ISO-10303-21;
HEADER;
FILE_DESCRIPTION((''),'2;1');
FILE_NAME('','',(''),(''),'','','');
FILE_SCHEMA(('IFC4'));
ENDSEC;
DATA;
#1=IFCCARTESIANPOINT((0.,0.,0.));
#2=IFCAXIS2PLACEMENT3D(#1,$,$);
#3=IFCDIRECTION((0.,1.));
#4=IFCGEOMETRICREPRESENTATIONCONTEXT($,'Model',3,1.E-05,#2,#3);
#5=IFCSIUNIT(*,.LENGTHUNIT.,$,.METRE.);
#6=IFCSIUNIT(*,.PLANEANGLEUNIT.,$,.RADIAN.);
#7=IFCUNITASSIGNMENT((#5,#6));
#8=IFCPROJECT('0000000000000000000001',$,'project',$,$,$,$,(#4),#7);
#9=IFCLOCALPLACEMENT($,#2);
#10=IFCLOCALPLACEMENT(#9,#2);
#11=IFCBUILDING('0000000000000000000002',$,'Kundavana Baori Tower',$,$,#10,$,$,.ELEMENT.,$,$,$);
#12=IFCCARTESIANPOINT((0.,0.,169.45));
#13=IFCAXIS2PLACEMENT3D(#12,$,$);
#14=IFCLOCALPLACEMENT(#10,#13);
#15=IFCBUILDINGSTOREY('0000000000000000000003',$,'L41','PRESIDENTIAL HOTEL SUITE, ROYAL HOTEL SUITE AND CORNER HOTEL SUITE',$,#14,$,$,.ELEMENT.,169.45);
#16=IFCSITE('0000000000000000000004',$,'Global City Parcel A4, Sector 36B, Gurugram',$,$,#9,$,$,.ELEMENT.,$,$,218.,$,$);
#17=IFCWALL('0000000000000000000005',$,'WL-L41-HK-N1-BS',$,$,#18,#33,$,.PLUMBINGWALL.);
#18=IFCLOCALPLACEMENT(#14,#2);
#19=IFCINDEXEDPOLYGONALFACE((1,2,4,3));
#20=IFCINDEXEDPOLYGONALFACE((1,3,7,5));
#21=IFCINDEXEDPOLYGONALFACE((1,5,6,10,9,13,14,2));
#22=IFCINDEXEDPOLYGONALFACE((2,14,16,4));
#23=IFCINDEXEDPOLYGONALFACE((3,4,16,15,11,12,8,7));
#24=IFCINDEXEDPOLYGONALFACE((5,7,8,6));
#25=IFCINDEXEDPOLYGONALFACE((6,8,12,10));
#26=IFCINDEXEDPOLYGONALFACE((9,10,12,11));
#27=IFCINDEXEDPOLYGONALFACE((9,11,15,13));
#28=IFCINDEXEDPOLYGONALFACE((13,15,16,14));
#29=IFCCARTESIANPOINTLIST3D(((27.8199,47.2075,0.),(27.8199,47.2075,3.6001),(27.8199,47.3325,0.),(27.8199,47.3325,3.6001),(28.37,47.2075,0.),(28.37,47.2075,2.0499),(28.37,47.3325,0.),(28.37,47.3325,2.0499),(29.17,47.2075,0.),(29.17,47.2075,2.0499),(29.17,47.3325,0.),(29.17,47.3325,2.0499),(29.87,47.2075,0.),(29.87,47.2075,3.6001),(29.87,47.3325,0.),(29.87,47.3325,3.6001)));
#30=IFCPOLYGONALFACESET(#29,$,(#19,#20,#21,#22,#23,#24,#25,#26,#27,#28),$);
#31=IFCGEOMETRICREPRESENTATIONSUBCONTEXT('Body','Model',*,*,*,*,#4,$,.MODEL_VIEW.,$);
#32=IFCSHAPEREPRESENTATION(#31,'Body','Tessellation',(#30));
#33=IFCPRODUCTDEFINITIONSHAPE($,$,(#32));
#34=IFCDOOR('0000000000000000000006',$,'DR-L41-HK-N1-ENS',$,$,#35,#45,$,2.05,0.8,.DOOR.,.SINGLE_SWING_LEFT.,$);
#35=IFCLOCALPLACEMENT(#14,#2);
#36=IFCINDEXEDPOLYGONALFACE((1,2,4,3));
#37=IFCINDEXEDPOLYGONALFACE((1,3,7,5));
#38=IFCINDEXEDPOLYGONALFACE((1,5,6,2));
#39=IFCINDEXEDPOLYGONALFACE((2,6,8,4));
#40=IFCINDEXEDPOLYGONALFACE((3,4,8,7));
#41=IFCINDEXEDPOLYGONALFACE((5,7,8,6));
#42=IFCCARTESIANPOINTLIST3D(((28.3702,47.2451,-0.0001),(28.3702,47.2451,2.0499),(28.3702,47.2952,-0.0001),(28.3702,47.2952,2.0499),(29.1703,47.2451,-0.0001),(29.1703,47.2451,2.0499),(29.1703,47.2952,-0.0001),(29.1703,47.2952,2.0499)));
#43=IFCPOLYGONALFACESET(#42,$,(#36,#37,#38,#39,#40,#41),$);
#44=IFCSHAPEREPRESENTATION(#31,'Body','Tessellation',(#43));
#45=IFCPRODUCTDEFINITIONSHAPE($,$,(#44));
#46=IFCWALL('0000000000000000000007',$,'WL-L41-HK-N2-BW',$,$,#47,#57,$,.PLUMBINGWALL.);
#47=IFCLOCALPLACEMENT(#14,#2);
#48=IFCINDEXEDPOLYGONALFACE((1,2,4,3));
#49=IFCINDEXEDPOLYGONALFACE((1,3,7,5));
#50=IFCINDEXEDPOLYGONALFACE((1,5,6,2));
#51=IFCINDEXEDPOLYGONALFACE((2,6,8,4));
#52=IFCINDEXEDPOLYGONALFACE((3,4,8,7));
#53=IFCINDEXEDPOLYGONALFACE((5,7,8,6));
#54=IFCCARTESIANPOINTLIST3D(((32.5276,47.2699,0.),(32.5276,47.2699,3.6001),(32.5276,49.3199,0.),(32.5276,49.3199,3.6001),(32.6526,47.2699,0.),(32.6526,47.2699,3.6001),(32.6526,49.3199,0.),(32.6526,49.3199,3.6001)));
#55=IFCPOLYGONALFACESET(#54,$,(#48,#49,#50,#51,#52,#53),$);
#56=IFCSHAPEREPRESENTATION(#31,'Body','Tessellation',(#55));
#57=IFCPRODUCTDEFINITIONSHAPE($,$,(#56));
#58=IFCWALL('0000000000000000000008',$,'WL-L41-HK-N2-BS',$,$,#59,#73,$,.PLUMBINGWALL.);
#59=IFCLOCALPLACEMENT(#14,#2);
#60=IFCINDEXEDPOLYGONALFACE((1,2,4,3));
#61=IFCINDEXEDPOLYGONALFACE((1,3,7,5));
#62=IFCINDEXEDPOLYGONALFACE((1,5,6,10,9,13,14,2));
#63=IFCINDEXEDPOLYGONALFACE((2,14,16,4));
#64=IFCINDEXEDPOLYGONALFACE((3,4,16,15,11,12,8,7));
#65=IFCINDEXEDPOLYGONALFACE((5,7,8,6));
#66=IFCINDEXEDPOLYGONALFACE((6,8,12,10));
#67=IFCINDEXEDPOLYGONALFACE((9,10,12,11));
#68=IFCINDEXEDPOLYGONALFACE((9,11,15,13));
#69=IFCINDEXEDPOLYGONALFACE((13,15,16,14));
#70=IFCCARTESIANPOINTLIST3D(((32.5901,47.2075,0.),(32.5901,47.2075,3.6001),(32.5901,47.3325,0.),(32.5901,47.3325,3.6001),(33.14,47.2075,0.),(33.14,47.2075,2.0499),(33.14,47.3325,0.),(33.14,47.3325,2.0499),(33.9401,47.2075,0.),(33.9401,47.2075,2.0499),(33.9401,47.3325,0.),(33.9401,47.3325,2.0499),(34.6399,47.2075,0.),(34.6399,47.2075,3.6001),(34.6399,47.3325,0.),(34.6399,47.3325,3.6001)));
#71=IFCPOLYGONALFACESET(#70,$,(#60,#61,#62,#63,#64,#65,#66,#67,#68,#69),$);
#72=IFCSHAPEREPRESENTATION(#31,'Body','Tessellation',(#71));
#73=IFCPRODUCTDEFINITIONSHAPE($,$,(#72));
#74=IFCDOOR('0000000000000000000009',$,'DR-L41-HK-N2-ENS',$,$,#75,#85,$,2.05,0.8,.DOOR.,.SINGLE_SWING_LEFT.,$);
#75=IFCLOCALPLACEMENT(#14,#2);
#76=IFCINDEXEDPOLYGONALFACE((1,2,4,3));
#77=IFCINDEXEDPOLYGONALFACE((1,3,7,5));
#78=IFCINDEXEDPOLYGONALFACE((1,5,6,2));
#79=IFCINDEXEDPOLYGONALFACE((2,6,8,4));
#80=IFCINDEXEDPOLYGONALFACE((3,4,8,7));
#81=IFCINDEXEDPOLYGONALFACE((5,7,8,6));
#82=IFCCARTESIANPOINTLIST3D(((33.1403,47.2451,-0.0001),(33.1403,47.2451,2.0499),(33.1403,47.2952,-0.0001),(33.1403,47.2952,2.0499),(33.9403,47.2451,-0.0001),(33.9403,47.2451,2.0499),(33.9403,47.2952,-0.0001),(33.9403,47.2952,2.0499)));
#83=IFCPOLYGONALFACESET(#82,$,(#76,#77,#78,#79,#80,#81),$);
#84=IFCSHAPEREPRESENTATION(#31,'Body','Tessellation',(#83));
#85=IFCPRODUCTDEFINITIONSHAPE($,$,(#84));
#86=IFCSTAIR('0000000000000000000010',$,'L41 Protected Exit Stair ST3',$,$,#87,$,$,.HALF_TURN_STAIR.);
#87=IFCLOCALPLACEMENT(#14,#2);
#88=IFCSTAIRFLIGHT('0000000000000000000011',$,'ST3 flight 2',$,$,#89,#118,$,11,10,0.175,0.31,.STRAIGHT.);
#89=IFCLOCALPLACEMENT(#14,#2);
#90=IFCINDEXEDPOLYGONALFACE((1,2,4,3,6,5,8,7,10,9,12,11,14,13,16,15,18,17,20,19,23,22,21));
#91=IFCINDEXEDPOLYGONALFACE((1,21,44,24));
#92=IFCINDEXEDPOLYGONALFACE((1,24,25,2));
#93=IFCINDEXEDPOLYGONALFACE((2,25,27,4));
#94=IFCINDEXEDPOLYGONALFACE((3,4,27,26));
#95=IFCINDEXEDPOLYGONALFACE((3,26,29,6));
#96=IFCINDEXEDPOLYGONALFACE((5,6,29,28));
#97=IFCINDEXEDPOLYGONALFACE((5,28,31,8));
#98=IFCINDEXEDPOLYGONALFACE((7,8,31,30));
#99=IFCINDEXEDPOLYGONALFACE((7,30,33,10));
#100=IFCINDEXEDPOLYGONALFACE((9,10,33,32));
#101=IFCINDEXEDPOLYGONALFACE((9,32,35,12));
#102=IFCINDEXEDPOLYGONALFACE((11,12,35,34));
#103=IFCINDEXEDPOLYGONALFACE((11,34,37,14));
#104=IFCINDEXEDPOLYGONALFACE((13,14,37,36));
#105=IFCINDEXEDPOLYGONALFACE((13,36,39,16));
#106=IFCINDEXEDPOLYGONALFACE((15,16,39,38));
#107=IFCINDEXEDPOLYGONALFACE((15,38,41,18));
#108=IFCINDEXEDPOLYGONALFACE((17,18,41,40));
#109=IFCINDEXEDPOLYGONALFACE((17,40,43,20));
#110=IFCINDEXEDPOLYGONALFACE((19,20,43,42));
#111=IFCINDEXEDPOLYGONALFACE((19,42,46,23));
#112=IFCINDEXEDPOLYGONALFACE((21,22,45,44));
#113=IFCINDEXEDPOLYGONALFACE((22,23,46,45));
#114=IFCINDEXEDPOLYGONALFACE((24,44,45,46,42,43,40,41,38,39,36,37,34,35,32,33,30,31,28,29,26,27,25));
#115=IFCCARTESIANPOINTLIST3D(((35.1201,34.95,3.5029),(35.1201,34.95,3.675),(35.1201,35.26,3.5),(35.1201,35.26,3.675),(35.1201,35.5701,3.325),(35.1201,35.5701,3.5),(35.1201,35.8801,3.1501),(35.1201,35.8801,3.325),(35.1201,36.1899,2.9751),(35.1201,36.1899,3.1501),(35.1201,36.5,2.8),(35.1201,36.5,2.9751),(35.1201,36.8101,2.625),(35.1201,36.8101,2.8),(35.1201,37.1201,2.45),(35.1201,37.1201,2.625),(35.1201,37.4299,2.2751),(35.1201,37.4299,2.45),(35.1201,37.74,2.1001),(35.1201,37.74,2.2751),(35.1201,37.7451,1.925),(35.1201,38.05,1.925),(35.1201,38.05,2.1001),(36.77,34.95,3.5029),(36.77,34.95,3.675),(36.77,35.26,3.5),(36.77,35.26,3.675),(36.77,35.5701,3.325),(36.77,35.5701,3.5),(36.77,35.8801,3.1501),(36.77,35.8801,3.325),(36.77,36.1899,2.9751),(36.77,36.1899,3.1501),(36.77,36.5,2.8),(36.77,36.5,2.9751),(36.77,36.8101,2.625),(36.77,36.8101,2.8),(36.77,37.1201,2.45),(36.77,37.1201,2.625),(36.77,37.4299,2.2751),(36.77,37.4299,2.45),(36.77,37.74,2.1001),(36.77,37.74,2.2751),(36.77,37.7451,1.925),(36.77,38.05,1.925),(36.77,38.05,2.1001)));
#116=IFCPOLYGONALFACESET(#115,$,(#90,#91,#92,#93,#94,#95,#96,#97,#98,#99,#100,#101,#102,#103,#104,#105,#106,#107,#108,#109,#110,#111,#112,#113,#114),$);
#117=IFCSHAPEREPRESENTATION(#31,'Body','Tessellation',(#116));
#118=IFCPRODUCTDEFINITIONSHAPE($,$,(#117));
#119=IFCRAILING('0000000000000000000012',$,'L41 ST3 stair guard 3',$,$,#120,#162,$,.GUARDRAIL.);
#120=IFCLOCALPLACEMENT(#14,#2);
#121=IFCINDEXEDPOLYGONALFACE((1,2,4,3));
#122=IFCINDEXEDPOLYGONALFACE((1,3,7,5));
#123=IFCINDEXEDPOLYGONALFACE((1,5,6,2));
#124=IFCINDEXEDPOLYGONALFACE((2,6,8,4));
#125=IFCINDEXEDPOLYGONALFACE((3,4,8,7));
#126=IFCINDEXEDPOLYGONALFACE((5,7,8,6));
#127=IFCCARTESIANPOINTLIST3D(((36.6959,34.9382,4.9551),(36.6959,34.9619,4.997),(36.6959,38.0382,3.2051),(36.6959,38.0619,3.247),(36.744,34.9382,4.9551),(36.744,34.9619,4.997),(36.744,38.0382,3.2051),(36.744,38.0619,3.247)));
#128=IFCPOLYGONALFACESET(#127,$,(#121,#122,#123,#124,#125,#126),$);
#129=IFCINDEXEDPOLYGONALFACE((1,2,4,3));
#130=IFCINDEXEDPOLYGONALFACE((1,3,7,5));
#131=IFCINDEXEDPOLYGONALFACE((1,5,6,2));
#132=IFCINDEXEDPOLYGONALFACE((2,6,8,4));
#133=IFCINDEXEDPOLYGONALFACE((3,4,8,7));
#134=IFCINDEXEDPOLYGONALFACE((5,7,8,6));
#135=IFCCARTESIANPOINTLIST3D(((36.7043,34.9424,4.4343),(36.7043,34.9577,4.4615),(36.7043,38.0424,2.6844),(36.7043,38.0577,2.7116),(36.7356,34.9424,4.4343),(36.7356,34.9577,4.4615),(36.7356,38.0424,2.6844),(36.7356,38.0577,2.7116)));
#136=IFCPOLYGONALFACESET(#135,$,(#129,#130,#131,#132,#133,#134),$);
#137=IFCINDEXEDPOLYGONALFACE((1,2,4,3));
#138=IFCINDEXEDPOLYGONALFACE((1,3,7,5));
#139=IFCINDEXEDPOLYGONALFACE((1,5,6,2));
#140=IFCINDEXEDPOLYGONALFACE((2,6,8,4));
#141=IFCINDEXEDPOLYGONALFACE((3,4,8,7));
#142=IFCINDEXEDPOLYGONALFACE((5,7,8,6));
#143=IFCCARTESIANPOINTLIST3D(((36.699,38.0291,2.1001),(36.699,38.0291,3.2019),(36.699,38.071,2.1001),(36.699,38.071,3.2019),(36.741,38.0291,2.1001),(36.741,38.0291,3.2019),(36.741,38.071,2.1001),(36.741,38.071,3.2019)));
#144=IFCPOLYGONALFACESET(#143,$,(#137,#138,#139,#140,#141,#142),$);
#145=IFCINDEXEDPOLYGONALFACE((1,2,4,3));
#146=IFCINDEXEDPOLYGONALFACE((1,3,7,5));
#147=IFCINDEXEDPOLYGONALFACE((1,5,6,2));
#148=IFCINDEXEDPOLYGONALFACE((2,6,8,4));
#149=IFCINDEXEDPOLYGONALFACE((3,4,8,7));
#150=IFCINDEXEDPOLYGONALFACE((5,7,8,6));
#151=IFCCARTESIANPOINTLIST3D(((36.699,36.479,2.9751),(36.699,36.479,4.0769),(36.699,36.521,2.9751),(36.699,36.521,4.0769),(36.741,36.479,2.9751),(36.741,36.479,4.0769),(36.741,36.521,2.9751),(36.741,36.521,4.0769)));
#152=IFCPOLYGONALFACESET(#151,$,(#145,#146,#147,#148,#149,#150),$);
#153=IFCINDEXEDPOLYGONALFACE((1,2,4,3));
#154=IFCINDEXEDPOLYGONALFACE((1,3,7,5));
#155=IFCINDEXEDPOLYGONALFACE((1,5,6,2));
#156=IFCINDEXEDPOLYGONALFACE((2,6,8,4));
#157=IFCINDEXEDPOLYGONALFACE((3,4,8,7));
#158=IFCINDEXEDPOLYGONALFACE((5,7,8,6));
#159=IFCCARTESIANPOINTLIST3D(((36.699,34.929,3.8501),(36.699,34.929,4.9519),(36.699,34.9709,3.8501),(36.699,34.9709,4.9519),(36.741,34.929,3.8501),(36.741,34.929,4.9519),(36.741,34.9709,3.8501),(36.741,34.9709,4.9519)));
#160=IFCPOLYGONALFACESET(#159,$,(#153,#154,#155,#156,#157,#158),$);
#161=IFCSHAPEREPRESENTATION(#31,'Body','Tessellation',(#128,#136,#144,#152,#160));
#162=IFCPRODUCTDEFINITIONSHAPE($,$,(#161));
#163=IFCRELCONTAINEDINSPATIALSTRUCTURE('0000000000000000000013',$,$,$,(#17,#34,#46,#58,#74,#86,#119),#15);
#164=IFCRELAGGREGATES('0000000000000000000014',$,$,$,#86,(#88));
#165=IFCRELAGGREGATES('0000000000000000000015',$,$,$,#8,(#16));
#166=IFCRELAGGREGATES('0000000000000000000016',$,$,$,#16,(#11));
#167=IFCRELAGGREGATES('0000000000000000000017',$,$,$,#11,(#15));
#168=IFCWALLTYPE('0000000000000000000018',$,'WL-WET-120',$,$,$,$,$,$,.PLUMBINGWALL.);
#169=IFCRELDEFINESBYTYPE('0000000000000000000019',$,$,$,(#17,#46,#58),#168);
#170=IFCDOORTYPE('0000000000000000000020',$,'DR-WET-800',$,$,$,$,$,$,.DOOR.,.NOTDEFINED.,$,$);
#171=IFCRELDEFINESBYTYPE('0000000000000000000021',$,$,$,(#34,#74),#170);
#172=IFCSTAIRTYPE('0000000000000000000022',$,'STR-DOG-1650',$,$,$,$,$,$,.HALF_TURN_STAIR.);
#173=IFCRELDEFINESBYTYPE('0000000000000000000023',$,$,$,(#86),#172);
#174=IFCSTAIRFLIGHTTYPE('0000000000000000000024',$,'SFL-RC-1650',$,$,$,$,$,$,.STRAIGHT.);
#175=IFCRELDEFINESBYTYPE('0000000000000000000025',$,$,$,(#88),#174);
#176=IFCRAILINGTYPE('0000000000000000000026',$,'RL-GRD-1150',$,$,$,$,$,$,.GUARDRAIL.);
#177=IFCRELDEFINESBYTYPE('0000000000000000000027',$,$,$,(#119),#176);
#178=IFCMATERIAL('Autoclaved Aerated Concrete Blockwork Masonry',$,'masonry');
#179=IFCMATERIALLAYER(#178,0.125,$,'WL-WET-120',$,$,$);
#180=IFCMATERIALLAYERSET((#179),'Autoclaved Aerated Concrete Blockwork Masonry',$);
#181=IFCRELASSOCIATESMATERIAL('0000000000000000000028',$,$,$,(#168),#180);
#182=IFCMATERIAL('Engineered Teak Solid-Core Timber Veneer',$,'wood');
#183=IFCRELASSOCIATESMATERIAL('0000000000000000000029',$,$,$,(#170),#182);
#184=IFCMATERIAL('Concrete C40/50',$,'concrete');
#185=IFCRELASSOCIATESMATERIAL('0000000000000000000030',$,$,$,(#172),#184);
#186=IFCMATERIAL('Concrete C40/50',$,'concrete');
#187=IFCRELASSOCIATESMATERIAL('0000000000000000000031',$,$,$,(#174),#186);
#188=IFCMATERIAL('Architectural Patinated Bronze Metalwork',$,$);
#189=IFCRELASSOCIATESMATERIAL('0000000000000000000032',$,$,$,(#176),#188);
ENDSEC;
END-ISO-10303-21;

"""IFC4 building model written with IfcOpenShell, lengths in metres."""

from ifc_helpers import new_model, si_unit, direction, frame, frame_2d, origin, origin_2d, place, context, subcontext, project, spatial, polyline, rectangle, outline, extrude, material, layer, layer_set, type_object, element, fill, aggregate, save


model = new_model("IFC4")

# Units and contexts
model_context = context("Model", 3, precision=1e-05, world=origin(), true_north=direction((0.0, 1.0)))
body_context = subcontext(model_context, "Body", "Model", "MODEL_VIEW")
ifc_project = project(units=[si_unit("LENGTHUNIT", "METRE"), si_unit("PLANEANGLEUNIT", "RADIAN")], contexts=[model_context])

# Site, building, storey
site_placement = place(None, origin())
site = spatial("IfcSite", under=ifc_project, at=site_placement, Name="Global City Parcel A4, Sector 36B, Gurugram", CompositionType="ELEMENT", RefElevation=218.0)
building_placement = place(site_placement, origin())
building = spatial("IfcBuilding", under=site, at=building_placement, Name="Kundavana Baori Tower", CompositionType="ELEMENT")
storey_placement = place(building_placement, frame((0.0, 0.0, 169.45)))
storey = spatial("IfcBuildingStorey", under=building, at=storey_placement, Name="L41", Description="PRESIDENTIAL HOTEL SUITE, ROYAL HOTEL SUITE AND CORNER HOTEL SUITE", CompositionType="ELEMENT", Elevation=169.45)

# Shared definitions
ifc_material_1 = material(Name="Autoclaved Aerated Concrete Blockwork Masonry", Category="masonry")
ifc_layer_1 = layer(ifc_material_1, 0.125, Name="WL-WET-120")
ifc_layer_set_1 = layer_set([ifc_layer_1], Name="Autoclaved Aerated Concrete Blockwork Masonry")
wall_type_1 = type_object("IfcWallType", Name="WL-WET-120", PredefinedType="PLUMBINGWALL", material=ifc_layer_set_1)

# Wall, opening, door
wall_1_placement = place(storey_placement, frame((27.8201, 47.27, 0.0), z_axis=(0.0, 0.0, 1.0), x_axis=(1.0, 0.0, 0.0)))
wall_1 = element("IfcWall", 1, at=wall_1_placement, inside=storey, type_object=wall_type_1, Name="WL-L41-HK-N1-BS", PredefinedType="PLUMBINGWALL", context=body_context, shape_type="SweptSolid", body=[
    extrude(rectangle(XDim=2.05, YDim=0.125, at=frame_2d((1.0249, 0.0))), origin(), (0.0, 0.0, 1.0), 3.6001),
])
opening_1_placement = place(wall_1_placement, frame((0.55, 0.0, 0.0)))
opening_1 = element("IfcOpeningElement", 2, at=opening_1_placement, cuts=wall_1, PredefinedType="OPENING", context=body_context, shape_type="SweptSolid", body=[
    extrude(rectangle(XDim=0.8, YDim=2.05, at=frame_2d((0.3999, 1.0249))), frame((0.0, 0.0725, 0.0), z_axis=(0.0, -1.0, 0.0), x_axis=(1.0, 0.0, 0.0)), (0.0, 0.0, 1.0), 0.145),
])
ifc_material_2 = material(Name="Engineered Teak Solid-Core Timber Veneer", Category="wood")
door_type = type_object("IfcDoorType", Name="DR-WET-800", OperationType="NOTDEFINED", PredefinedType="DOOR", material=ifc_material_2)
door_1_placement = place(opening_1_placement, frame((0.8, 0.0, 0.0), z_axis=(0.0, 0.0, 1.0), x_axis=(-1.0, 0.0, 0.0)))
door_1 = element("IfcDoor", 3, at=door_1_placement, inside=storey, type_object=door_type, Name="DR-L41-HK-N1-ENS", OperationType="SINGLE_SWING_LEFT", OverallHeight=2.05, OverallWidth=0.8, PredefinedType="DOOR", context=body_context, shape_type="SweptSolid", body=[
    extrude(rectangle(XDim=0.8, YDim=2.05, at=frame_2d((0.3999, 1.0249))), frame((0.0, 0.0249, 0.0), z_axis=(0.0, -1.0, 0.0), x_axis=(1.0, 0.0, 0.0)), (0.0, 0.0, 1.0), 0.05),
])
fill(opening_1, door_1)

# Wall
wall_2_placement = place(storey_placement, frame((32.5901, 47.27, 0.0), z_axis=(0.0, 0.0, 1.0), x_axis=(0.0, 1.0, 0.0)))
element("IfcWall", 4, at=wall_2_placement, inside=storey, type_object=wall_type_1, Name="WL-L41-HK-N2-BW", PredefinedType="PLUMBINGWALL", context=body_context, shape_type="SweptSolid", body=[
    extrude(rectangle(XDim=2.05, YDim=0.125, at=frame_2d((1.0249, 0.0))), origin(), (0.0, 0.0, 1.0), 3.6001),
])

# Wall, opening, door
wall_3_placement = place(storey_placement, frame((32.5901, 47.27, 0.0), z_axis=(0.0, 0.0, 1.0), x_axis=(1.0, 0.0, 0.0)))
wall_3 = element("IfcWall", 5, at=wall_3_placement, inside=storey, type_object=wall_type_1, Name="WL-L41-HK-N2-BS", PredefinedType="PLUMBINGWALL", context=body_context, shape_type="SweptSolid", body=[
    extrude(rectangle(XDim=2.0498, YDim=0.125, at=frame_2d((1.0249, 0.0))), origin(), (0.0, 0.0, 1.0), 3.6001),
])
opening_2_placement = place(wall_3_placement, frame((0.55, 0.0, 0.0)))
opening_2 = element("IfcOpeningElement", 6, at=opening_2_placement, cuts=wall_3, PredefinedType="OPENING", context=body_context, shape_type="SweptSolid", body=[
    extrude(rectangle(XDim=0.8, YDim=2.05, at=frame_2d((0.3999, 1.0249))), frame((0.0, 0.0725, 0.0), z_axis=(0.0, -1.0, 0.0), x_axis=(1.0, 0.0, 0.0)), (0.0, 0.0, 1.0), 0.145),
])
door_2_placement = place(opening_2_placement, frame((0.8, 0.0, 0.0), z_axis=(0.0, 0.0, 1.0), x_axis=(-1.0, 0.0, 0.0)))
door_2 = element("IfcDoor", 7, at=door_2_placement, inside=storey, type_object=door_type, Name="DR-L41-HK-N2-ENS", OperationType="SINGLE_SWING_LEFT", OverallHeight=2.05, OverallWidth=0.8, PredefinedType="DOOR", context=body_context, shape_type="SweptSolid", body=[
    extrude(rectangle(XDim=0.8, YDim=2.05, at=frame_2d((0.3999, 1.0249))), frame((0.0, 0.0249, 0.0), z_axis=(0.0, -1.0, 0.0), x_axis=(1.0, 0.0, 0.0)), (0.0, 0.0, 1.0), 0.05),
])
fill(opening_2, door_2)

# Stair, stair flight
ifc_material_3 = material(Name="Concrete C40/50", Category="concrete")
stair_type = type_object("IfcStairType", Name="STR-DOG-1650", PredefinedType="HALF_TURN_STAIR", material=ifc_material_3)
stair_placement = place(storey_placement, origin())
stair = element("IfcStair", 8, at=stair_placement, inside=storey, type_object=stair_type, Name="L41 Protected Exit Stair ST3", PredefinedType="HALF_TURN_STAIR")
ifc_material_4 = material(Name="Concrete C40/50", Category="concrete")
stair_flight_type = type_object("IfcStairFlightType", Name="SFL-RC-1650", PredefinedType="STRAIGHT", material=ifc_material_4)
stair_flight_placement = place(storey_placement, frame((35.9451, 38.05, 1.925), z_axis=(0.0, 0.0, 1.0), x_axis=(0.0, -1.0, 0.0)))
stair_flight = element("IfcStairFlight", 9, at=stair_flight_placement, type_object=stair_flight_type, Name="ST3 flight 2", NumberOfRisers=11, NumberOfTreads=10, PredefinedType="STRAIGHT", RiserHeight=0.175, TreadLength=0.31, context=body_context, shape_type="SweptSolid", body=[
    extrude(outline(polyline([(0.0, 0.0), (0.0, 0.175), (0.3101, 0.175), (0.3101, 0.3501), (0.6201, 0.3501), (0.6201, 0.5249), (0.9299, 0.5249), (0.9299, 0.7), (1.24, 0.7), (1.24, 0.875), (1.55, 0.875), (1.55, 1.05), (1.8601, 1.05), (1.8601, 1.2251), (2.1699, 1.2251), (2.1699, 1.3999), (2.48, 1.3999), (2.48, 1.575), (2.79, 1.575), (2.79, 1.75), (3.1001, 1.75), (3.1001, 1.925), (3.1001, 1.5779), (0.3049, 0.0), (0.0, 0.0)])), frame((0.0, 0.825, 0.0), z_axis=(0.0, -1.0, 0.0), x_axis=(1.0, 0.0, 0.0)), (0.0, 0.0, 1.0), 1.6499),
])
aggregate(stair, [stair_flight])

# Railing
ifc_material_5 = material(Name="Architectural Patinated Bronze Metalwork")
railing_type = type_object("IfcRailingType", Name="RL-GRD-1150", PredefinedType="GUARDRAIL", material=ifc_material_5)
railing_placement = place(storey_placement, frame((36.72, 38.05, 2.1001)))
element("IfcRailing", 10, at=railing_placement, inside=storey, type_object=railing_type, Name="L41 ST3 stair guard 3", PredefinedType="GUARDRAIL", context=body_context, shape_type="SweptSolid", body=[
    extrude(rectangle(XDim=0.0481, YDim=0.0481, at=origin_2d()), frame((0.0, 0.0, 1.126), z_axis=(0.0, -0.870831, 0.491583), x_axis=(1.0, 0.0, 0.0)), (0.0, 0.0, 1.0), 3.5598),
    extrude(rectangle(XDim=0.0312, YDim=0.0312, at=origin_2d()), frame((0.0, 0.0, 0.5979), z_axis=(0.0, -0.870831, 0.491583), x_axis=(1.0, 0.0, 0.0)), (0.0, 0.0, 1.0), 3.5598),
    extrude(rectangle(XDim=0.042, YDim=0.042, at=origin_2d()), origin(), (0.0, 0.0, 1.0), 1.1018),
    extrude(rectangle(XDim=0.042, YDim=0.042, at=origin_2d()), frame((0.0, -1.55, 0.875)), (0.0, 0.0, 1.0), 1.1018),
    extrude(rectangle(XDim=0.042, YDim=0.042, at=origin_2d()), frame((0.0, -3.1001, 1.75)), (0.0, 0.0, 1.0), 1.1018),
])

save(model, "model.ifc")
